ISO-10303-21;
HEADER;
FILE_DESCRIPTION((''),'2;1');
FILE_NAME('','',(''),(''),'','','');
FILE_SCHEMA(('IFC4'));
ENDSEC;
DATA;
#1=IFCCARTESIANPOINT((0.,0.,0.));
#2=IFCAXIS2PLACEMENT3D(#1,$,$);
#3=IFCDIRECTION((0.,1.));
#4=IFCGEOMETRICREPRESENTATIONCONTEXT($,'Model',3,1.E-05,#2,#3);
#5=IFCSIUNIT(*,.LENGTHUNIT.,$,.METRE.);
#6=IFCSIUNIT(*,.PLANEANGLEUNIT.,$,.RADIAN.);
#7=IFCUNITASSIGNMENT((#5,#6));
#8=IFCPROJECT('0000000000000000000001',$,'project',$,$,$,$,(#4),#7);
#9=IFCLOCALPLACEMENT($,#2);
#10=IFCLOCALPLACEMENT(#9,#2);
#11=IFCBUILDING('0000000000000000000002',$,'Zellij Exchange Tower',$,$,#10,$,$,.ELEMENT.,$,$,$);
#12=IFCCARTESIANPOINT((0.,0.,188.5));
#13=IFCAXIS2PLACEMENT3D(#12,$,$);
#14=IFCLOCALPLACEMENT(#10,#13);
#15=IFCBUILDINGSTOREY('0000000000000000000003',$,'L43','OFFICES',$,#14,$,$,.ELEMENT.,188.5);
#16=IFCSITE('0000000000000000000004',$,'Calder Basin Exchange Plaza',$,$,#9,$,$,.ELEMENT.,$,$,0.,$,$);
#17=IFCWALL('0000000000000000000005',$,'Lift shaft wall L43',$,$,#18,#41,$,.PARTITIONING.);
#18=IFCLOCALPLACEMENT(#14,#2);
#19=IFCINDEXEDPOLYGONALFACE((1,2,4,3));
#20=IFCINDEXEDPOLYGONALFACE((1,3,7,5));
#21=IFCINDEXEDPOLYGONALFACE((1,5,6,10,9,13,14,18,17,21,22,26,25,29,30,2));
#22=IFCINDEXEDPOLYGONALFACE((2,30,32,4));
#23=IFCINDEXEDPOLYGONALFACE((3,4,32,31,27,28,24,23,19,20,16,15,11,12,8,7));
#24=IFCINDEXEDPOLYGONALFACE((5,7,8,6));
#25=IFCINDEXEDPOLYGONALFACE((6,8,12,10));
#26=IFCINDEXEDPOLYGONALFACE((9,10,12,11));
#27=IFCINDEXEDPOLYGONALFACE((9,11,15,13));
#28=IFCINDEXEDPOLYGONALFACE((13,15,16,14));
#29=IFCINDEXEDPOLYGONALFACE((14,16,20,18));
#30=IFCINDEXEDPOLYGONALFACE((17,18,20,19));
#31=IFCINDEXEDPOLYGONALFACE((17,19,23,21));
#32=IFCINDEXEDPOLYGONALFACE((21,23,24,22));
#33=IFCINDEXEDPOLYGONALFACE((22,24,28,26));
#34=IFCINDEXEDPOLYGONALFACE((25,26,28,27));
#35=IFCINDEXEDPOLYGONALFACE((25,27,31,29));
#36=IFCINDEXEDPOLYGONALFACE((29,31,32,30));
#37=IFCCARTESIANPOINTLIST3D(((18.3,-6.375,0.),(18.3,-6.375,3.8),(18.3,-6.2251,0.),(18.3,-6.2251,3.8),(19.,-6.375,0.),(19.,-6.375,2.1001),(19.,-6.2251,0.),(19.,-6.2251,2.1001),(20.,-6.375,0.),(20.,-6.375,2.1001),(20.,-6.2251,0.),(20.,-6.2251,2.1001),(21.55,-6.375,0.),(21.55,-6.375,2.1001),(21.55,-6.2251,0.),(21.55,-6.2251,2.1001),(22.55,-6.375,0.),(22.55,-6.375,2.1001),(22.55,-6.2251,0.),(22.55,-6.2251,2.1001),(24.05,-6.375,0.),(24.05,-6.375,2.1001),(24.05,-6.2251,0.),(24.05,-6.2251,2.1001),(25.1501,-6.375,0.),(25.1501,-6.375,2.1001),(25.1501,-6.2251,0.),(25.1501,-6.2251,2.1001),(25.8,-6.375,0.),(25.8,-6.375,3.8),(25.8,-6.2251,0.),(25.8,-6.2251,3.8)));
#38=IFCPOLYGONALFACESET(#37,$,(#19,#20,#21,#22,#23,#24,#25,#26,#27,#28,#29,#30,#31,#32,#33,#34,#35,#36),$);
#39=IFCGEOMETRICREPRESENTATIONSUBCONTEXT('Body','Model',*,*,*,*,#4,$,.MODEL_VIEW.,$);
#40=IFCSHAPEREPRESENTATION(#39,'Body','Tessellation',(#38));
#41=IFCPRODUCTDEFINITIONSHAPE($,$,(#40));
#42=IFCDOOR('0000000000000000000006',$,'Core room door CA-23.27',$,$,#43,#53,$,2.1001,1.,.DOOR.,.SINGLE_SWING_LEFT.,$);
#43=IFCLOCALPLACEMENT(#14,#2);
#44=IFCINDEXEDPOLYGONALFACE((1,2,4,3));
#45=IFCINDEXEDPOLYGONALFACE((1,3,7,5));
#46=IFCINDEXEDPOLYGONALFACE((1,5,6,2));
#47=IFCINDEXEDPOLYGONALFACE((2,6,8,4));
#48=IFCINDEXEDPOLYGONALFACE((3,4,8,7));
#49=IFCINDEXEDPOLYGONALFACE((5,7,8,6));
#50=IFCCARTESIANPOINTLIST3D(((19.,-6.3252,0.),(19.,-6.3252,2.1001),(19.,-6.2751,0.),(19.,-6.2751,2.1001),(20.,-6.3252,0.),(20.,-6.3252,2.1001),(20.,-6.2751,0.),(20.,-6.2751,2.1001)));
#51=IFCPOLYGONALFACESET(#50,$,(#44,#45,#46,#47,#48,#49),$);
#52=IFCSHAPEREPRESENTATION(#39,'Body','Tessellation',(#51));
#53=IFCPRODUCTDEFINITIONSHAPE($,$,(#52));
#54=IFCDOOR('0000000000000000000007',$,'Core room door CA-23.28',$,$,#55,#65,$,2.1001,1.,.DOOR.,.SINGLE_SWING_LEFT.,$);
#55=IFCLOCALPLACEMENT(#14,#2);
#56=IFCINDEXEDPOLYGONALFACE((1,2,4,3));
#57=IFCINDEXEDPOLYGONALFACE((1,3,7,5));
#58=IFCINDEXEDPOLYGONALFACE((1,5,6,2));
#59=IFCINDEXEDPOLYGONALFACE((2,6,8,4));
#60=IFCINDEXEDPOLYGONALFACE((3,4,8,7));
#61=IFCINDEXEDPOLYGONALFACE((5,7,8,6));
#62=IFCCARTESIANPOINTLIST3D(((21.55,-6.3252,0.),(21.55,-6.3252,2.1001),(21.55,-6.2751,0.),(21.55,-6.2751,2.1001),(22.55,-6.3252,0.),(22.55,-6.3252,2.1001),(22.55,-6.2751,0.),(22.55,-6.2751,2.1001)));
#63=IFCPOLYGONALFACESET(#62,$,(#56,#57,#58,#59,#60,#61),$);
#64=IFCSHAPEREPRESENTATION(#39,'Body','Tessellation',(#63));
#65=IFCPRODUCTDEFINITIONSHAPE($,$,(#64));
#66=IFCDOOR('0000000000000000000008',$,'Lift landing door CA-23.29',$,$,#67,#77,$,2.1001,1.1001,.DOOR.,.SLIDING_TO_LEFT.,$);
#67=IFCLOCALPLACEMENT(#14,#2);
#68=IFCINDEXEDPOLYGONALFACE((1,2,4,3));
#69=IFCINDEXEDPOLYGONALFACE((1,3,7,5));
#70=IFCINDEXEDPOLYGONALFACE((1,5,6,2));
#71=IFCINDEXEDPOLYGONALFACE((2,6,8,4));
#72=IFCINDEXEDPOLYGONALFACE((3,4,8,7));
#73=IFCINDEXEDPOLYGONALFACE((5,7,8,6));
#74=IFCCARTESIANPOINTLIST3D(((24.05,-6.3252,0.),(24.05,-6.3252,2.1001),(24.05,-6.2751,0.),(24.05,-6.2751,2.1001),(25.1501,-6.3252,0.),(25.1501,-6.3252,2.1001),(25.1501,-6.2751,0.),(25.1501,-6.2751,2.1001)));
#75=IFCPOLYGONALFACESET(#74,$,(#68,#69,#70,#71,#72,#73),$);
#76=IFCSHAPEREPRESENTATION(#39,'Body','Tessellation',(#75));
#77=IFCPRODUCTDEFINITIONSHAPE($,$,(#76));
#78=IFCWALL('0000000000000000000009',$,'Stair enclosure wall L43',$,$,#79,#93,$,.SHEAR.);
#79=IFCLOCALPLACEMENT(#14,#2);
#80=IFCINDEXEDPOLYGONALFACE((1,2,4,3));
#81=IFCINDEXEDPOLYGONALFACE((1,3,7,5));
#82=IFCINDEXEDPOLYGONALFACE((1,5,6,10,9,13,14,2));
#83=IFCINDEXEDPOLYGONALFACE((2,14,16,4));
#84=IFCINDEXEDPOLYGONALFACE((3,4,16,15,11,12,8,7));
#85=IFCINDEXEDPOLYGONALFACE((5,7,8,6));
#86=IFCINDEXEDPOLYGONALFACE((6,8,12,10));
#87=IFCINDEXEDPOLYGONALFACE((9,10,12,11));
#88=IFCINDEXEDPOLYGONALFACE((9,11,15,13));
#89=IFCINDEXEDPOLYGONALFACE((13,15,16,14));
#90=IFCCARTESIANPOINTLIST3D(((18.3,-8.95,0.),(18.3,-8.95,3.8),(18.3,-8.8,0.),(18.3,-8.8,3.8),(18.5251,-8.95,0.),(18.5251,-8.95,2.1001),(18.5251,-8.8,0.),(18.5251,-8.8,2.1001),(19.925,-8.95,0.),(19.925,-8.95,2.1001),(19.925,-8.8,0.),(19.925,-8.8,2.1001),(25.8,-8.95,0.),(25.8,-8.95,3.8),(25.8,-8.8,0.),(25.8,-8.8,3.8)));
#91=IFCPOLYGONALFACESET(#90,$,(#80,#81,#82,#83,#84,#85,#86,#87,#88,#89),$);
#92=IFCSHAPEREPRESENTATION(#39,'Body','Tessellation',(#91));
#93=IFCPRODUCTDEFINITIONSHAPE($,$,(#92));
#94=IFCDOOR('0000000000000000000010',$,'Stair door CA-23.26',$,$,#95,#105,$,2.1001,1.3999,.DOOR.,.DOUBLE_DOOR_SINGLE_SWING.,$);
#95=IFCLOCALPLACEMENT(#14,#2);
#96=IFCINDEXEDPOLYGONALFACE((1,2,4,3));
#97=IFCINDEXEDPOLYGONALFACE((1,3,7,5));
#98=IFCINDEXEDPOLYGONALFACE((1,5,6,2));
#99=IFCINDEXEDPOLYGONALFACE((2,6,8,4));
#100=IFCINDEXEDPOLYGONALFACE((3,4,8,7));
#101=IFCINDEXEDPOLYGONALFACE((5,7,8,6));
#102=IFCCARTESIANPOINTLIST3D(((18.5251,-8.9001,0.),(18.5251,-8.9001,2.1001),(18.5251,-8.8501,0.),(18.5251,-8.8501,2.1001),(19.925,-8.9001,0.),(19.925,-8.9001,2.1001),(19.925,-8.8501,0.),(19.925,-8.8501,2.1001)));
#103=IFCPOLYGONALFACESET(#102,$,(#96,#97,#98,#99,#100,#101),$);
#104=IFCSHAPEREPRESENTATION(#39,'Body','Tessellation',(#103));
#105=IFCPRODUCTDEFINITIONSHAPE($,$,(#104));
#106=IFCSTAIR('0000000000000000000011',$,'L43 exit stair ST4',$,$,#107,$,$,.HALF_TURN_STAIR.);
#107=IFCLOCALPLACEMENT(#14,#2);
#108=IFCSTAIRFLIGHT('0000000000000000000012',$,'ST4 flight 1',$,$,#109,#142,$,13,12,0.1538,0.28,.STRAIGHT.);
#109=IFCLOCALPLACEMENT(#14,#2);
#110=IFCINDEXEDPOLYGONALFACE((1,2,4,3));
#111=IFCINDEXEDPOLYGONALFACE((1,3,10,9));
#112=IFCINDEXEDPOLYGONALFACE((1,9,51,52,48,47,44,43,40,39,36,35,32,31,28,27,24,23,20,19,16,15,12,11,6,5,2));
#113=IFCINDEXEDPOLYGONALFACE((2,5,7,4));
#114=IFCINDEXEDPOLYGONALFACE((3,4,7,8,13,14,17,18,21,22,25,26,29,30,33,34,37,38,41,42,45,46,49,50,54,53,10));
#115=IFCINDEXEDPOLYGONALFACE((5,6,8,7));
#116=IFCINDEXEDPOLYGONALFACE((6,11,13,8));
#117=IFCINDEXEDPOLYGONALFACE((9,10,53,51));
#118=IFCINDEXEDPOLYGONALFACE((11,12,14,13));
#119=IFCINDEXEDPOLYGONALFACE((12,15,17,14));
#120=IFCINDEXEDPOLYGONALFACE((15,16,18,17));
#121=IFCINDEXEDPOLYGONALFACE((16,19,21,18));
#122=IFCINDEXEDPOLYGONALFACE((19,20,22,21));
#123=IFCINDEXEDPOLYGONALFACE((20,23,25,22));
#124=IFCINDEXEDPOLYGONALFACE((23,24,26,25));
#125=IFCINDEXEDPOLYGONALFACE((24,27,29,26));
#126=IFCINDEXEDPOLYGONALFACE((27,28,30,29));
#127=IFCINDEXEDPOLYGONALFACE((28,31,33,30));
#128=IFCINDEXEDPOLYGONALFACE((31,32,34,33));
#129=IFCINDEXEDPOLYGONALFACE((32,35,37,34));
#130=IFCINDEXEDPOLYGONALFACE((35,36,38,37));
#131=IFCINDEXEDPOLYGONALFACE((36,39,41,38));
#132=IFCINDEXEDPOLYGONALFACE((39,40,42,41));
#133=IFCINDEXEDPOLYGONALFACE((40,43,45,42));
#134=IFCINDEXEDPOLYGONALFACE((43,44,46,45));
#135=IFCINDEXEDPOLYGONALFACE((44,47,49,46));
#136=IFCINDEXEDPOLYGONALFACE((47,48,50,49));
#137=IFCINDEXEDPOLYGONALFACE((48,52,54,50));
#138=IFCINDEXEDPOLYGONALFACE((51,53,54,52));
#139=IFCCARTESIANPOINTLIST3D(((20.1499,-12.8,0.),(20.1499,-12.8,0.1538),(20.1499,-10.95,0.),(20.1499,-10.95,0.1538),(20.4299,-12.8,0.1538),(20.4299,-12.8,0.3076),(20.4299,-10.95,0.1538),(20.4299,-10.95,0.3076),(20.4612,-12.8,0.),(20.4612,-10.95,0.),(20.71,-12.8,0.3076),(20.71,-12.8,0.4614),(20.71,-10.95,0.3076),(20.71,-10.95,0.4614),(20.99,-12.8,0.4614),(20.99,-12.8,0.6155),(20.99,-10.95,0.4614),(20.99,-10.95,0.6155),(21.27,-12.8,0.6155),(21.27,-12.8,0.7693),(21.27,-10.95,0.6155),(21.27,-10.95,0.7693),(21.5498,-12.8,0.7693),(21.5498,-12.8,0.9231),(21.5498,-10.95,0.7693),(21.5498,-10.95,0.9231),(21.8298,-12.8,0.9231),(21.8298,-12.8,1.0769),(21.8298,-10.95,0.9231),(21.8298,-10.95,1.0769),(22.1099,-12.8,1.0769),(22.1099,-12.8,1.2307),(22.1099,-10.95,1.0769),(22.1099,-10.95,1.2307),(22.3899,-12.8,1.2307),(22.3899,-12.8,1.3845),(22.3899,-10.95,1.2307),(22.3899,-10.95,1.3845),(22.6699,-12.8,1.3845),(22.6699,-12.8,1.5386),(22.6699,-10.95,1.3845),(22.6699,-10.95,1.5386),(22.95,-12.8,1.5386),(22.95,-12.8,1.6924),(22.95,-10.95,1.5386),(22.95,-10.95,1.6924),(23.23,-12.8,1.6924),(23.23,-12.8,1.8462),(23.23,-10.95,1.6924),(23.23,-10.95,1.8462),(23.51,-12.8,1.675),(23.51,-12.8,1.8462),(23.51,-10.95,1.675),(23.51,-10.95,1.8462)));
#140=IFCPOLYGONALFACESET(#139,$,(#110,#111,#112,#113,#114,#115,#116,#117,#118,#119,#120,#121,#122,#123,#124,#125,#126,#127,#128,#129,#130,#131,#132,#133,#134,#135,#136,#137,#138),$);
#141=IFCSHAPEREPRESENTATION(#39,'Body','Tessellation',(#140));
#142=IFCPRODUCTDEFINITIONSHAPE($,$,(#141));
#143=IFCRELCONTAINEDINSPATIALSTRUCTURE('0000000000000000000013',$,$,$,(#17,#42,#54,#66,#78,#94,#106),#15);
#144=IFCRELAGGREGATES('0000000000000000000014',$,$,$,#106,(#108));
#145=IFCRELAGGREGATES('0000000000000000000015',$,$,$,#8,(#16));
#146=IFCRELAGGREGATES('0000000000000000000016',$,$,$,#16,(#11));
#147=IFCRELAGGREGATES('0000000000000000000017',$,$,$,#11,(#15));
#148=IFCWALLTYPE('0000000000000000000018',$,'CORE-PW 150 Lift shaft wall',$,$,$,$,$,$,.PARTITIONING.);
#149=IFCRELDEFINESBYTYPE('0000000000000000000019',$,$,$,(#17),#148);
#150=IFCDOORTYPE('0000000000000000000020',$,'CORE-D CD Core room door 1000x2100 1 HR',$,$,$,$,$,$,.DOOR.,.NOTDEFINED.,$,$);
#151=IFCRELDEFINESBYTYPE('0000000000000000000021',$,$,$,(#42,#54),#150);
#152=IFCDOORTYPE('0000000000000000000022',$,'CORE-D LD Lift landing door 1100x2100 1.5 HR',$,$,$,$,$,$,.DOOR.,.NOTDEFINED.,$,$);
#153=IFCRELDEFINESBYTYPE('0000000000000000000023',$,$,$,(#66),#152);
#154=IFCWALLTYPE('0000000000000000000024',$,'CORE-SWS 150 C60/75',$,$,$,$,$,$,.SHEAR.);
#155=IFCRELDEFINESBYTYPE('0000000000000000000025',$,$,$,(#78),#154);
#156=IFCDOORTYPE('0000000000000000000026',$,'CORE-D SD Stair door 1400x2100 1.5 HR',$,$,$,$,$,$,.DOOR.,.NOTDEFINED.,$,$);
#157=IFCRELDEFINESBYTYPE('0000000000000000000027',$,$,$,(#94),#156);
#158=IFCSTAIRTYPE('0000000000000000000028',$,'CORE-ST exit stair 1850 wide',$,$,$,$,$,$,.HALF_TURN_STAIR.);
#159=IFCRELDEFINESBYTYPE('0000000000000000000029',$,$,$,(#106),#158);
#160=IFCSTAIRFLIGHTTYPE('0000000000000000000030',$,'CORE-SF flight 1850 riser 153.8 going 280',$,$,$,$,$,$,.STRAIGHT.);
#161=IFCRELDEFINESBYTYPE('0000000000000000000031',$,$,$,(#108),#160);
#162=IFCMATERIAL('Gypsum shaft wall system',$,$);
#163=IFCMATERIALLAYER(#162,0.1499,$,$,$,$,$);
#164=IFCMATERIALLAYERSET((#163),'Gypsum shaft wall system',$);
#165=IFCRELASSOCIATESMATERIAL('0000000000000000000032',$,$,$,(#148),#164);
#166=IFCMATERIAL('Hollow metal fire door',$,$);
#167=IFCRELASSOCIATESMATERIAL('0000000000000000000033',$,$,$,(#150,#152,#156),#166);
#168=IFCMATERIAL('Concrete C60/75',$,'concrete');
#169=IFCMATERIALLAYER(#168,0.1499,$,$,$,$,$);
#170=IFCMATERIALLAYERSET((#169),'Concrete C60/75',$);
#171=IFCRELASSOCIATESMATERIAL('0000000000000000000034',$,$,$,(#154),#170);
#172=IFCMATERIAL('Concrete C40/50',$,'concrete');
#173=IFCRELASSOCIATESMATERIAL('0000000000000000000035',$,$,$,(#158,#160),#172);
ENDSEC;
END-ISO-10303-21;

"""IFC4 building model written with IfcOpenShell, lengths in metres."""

from ifc_helpers import new_model, si_unit, direction, frame, frame_2d, origin, place, context, subcontext, project, spatial, polyline, rectangle, outline, extrude, material, layer, layer_set, type_object, element, fill, aggregate, save


model = new_model("IFC4")

# Units and contexts
model_context = context("Model", 3, precision=1e-05, world=origin(), true_north=direction((0.0, 1.0)))
body_context = subcontext(model_context, "Body", "Model", "MODEL_VIEW")
ifc_project = project(units=[si_unit("LENGTHUNIT", "METRE"), si_unit("PLANEANGLEUNIT", "RADIAN")], contexts=[model_context])

# Site, building, storey
site_placement = place(None, origin())
site = spatial("IfcSite", under=ifc_project, at=site_placement, Name="Calder Basin Exchange Plaza", CompositionType="ELEMENT", RefElevation=0.0)
building_placement = place(site_placement, origin())
building = spatial("IfcBuilding", under=site, at=building_placement, Name="Zellij Exchange Tower", CompositionType="ELEMENT")
storey_placement = place(building_placement, frame((0.0, 0.0, 188.5)))
storey = spatial("IfcBuildingStorey", under=building, at=storey_placement, Name="L43", Description="OFFICES", CompositionType="ELEMENT", Elevation=188.5)

# Shared definitions
ifc_material_1 = material(Name="Concrete C60/75", Category="concrete")
ifc_material_2 = material(Name="Gypsum shaft wall system")
ifc_layer_1 = layer(ifc_material_2, 0.1499)
ifc_layer_set_1 = layer_set([ifc_layer_1], Name="Gypsum shaft wall system")
wall_type_1 = type_object("IfcWallType", Name="CORE-PW 150 Lift shaft wall", PredefinedType="PARTITIONING", material=ifc_layer_set_1)

# Wall, openings, doors
wall_1_placement = place(storey_placement, frame((18.3, -6.3, 0.0), z_axis=(0.0, 0.0, 1.0), x_axis=(1.0, 0.0, 0.0)))
wall_1 = element("IfcWall", 1, at=wall_1_placement, inside=storey, type_object=wall_type_1, Name="Lift shaft wall L43", PredefinedType="PARTITIONING", context=body_context, shape_type="SweptSolid", body=[
    extrude(rectangle(XDim=7.5, YDim=0.1499, at=frame_2d((3.75, 0.0))), origin(), (0.0, 0.0, 1.0), 3.8),
])
opening_1_placement = place(wall_1_placement, frame((0.7, 0.0, 0.0)))
opening_1 = element("IfcOpeningElement", 2, at=opening_1_placement, cuts=wall_1, PredefinedType="OPENING", context=body_context, shape_type="SweptSolid", body=[
    extrude(rectangle(XDim=1.0, YDim=2.1001, at=frame_2d((0.5, 1.05))), frame((0.0, 0.0869, 0.0), z_axis=(0.0, -1.0, 0.0), x_axis=(1.0, 0.0, 0.0)), (0.0, 0.0, 1.0), 0.1738),
])
opening_2_placement = place(wall_1_placement, frame((3.25, 0.0, 0.0)))
opening_2 = element("IfcOpeningElement", 3, at=opening_2_placement, cuts=wall_1, PredefinedType="OPENING", context=body_context, shape_type="SweptSolid", body=[
    extrude(rectangle(XDim=1.0, YDim=2.1001, at=frame_2d((0.5, 1.05))), frame((0.0, 0.0869, 0.0), z_axis=(0.0, -1.0, 0.0), x_axis=(1.0, 0.0, 0.0)), (0.0, 0.0, 1.0), 0.1738),
])
opening_3_placement = place(wall_1_placement, frame((5.75, 0.0, 0.0)))
opening_3 = element("IfcOpeningElement", 4, at=opening_3_placement, cuts=wall_1, PredefinedType="OPENING", context=body_context, shape_type="SweptSolid", body=[
    extrude(rectangle(XDim=1.1001, YDim=2.1001, at=frame_2d((0.55, 1.05))), frame((0.0, 0.0869, 0.0), z_axis=(0.0, -1.0, 0.0), x_axis=(1.0, 0.0, 0.0)), (0.0, 0.0, 1.0), 0.1738),
])
ifc_material_3 = material(Name="Hollow metal fire door")
door_type_1 = type_object("IfcDoorType", Name="CORE-D CD Core room door 1000x2100 1 HR", OperationType="NOTDEFINED", PredefinedType="DOOR", material=ifc_material_3)
door_1_placement = place(opening_1_placement, origin())
door_1 = element("IfcDoor", 5, at=door_1_placement, inside=storey, type_object=door_type_1, Name="Core room door CA-23.27", OperationType="SINGLE_SWING_LEFT", OverallHeight=2.1001, OverallWidth=1.0, PredefinedType="DOOR", context=body_context, shape_type="SweptSolid", body=[
    extrude(rectangle(XDim=1.0, YDim=2.1001, at=frame_2d((0.5, 1.05))), frame((0.0, 0.0249, 0.0), z_axis=(0.0, -1.0, 0.0), x_axis=(1.0, 0.0, 0.0)), (0.0, 0.0, 1.0), 0.05),
])
fill(opening_1, door_1)
door_2_placement = place(opening_2_placement, origin())
door_2 = element("IfcDoor", 6, at=door_2_placement, inside=storey, type_object=door_type_1, Name="Core room door CA-23.28", OperationType="SINGLE_SWING_LEFT", OverallHeight=2.1001, OverallWidth=1.0, PredefinedType="DOOR", context=body_context, shape_type="SweptSolid", body=[
    extrude(rectangle(XDim=1.0, YDim=2.1001, at=frame_2d((0.5, 1.05))), frame((0.0, 0.0249, 0.0), z_axis=(0.0, -1.0, 0.0), x_axis=(1.0, 0.0, 0.0)), (0.0, 0.0, 1.0), 0.05),
])
fill(opening_2, door_2)
door_type_2 = type_object("IfcDoorType", Name="CORE-D LD Lift landing door 1100x2100 1.5 HR", OperationType="NOTDEFINED", PredefinedType="DOOR", material=ifc_material_3)
door_3_placement = place(opening_3_placement, origin())
door_3 = element("IfcDoor", 7, at=door_3_placement, inside=storey, type_object=door_type_2, Name="Lift landing door CA-23.29", OperationType="SLIDING_TO_LEFT", OverallHeight=2.1001, OverallWidth=1.1001, PredefinedType="DOOR", context=body_context, shape_type="SweptSolid", body=[
    extrude(rectangle(XDim=1.1001, YDim=2.1001, at=frame_2d((0.55, 1.05))), frame((0.0, 0.0249, 0.0), z_axis=(0.0, -1.0, 0.0), x_axis=(1.0, 0.0, 0.0)), (0.0, 0.0, 1.0), 0.05),
])
fill(opening_3, door_3)

# Wall, opening, door
ifc_layer_2 = layer(ifc_material_1, 0.1499)
ifc_layer_set_2 = layer_set([ifc_layer_2], Name="Concrete C60/75")
wall_type_2 = type_object("IfcWallType", Name="CORE-SWS 150 C60/75", PredefinedType="SHEAR", material=ifc_layer_set_2)
wall_2_placement = place(storey_placement, frame((18.3, -8.875, 0.0), z_axis=(0.0, 0.0, 1.0), x_axis=(1.0, 0.0, 0.0)))
wall_2 = element("IfcWall", 8, at=wall_2_placement, inside=storey, type_object=wall_type_2, Name="Stair enclosure wall L43", PredefinedType="SHEAR", context=body_context, shape_type="SweptSolid", body=[
    extrude(rectangle(XDim=7.5, YDim=0.1499, at=frame_2d((3.75, 0.0))), origin(), (0.0, 0.0, 1.0), 3.8),
])
opening_4_placement = place(wall_2_placement, frame((0.2251, 0.0, 0.0)))
opening_4 = element("IfcOpeningElement", 9, at=opening_4_placement, cuts=wall_2, PredefinedType="OPENING", context=body_context, shape_type="SweptSolid", body=[
    extrude(rectangle(XDim=1.3999, YDim=2.1001, at=frame_2d((0.7, 1.05))), frame((0.0, 0.0869, 0.0), z_axis=(0.0, -1.0, 0.0), x_axis=(1.0, 0.0, 0.0)), (0.0, 0.0, 1.0), 0.1738),
])
door_type_3 = type_object("IfcDoorType", Name="CORE-D SD Stair door 1400x2100 1.5 HR", OperationType="NOTDEFINED", PredefinedType="DOOR", material=ifc_material_3)
door_4_placement = place(opening_4_placement, origin())
door_4 = element("IfcDoor", 10, at=door_4_placement, inside=storey, type_object=door_type_3, Name="Stair door CA-23.26", OperationType="DOUBLE_DOOR_SINGLE_SWING", OverallHeight=2.1001, OverallWidth=1.3999, PredefinedType="DOOR", context=body_context, shape_type="SweptSolid", body=[
    extrude(rectangle(XDim=1.3999, YDim=2.1001, at=frame_2d((0.7, 1.05))), frame((0.0, 0.0249, 0.0), z_axis=(0.0, -1.0, 0.0), x_axis=(1.0, 0.0, 0.0)), (0.0, 0.0, 1.0), 0.05),
])
fill(opening_4, door_4)

# Stair, stair flight
ifc_material_4 = material(Name="Concrete C40/50", Category="concrete")
stair_type = type_object("IfcStairType", Name="CORE-ST exit stair 1850 wide", PredefinedType="HALF_TURN_STAIR", material=ifc_material_4)
stair_placement = place(storey_placement, origin())
stair = element("IfcStair", 11, at=stair_placement, inside=storey, type_object=stair_type, Name="L43 exit stair ST4", PredefinedType="HALF_TURN_STAIR")
stair_flight_type = type_object("IfcStairFlightType", Name="CORE-SF flight 1850 riser 153.8 going 280", PredefinedType="STRAIGHT", material=ifc_material_4)
stair_flight_1_placement = place(storey_placement, frame((20.1499, -11.875, 0.0), z_axis=(0.0, 0.0, 1.0), x_axis=(1.0, 0.0, 0.0)))
stair_flight_1 = element("IfcStairFlight", 12, at=stair_flight_1_placement, type_object=stair_flight_type, Name="ST4 flight 1", NumberOfRisers=13, NumberOfTreads=12, PredefinedType="STRAIGHT", RiserHeight=0.1538, TreadLength=0.28, context=body_context, shape_type="SweptSolid", body=[
    extrude(outline(polyline([(0.0, 0.0), (0.0, 0.1538), (0.28, 0.1538), (0.28, 0.3076), (0.5601, 0.3076), (0.5601, 0.4614), (0.8401, 0.4614), (0.8401, 0.6155), (1.1201, 0.6155), (1.1201, 0.7693), (1.3999, 0.7693), (1.3999, 0.9231), (1.6799, 0.9231), (1.6799, 1.0769), (1.96, 1.0769), (1.96, 1.2307), (2.24, 1.2307), (2.24, 1.3845), (2.52, 1.3845), (2.52, 1.5386), (2.8, 1.5386), (2.8, 1.6924), (3.0801, 1.6924), (3.0801, 1.8462), (3.3601, 1.8462), (3.3601, 2.0), (3.3601, 1.675), (0.3113, 0.0), (0.0, 0.0)])), frame((0.0, 0.925, 0.0), z_axis=(0.0, -1.0, 0.0), x_axis=(1.0, 0.0, 0.0)), (0.0, 0.0, 1.0), 1.8501),
])
aggregate(stair, [stair_flight_1])

save(model, "model.ifc")
